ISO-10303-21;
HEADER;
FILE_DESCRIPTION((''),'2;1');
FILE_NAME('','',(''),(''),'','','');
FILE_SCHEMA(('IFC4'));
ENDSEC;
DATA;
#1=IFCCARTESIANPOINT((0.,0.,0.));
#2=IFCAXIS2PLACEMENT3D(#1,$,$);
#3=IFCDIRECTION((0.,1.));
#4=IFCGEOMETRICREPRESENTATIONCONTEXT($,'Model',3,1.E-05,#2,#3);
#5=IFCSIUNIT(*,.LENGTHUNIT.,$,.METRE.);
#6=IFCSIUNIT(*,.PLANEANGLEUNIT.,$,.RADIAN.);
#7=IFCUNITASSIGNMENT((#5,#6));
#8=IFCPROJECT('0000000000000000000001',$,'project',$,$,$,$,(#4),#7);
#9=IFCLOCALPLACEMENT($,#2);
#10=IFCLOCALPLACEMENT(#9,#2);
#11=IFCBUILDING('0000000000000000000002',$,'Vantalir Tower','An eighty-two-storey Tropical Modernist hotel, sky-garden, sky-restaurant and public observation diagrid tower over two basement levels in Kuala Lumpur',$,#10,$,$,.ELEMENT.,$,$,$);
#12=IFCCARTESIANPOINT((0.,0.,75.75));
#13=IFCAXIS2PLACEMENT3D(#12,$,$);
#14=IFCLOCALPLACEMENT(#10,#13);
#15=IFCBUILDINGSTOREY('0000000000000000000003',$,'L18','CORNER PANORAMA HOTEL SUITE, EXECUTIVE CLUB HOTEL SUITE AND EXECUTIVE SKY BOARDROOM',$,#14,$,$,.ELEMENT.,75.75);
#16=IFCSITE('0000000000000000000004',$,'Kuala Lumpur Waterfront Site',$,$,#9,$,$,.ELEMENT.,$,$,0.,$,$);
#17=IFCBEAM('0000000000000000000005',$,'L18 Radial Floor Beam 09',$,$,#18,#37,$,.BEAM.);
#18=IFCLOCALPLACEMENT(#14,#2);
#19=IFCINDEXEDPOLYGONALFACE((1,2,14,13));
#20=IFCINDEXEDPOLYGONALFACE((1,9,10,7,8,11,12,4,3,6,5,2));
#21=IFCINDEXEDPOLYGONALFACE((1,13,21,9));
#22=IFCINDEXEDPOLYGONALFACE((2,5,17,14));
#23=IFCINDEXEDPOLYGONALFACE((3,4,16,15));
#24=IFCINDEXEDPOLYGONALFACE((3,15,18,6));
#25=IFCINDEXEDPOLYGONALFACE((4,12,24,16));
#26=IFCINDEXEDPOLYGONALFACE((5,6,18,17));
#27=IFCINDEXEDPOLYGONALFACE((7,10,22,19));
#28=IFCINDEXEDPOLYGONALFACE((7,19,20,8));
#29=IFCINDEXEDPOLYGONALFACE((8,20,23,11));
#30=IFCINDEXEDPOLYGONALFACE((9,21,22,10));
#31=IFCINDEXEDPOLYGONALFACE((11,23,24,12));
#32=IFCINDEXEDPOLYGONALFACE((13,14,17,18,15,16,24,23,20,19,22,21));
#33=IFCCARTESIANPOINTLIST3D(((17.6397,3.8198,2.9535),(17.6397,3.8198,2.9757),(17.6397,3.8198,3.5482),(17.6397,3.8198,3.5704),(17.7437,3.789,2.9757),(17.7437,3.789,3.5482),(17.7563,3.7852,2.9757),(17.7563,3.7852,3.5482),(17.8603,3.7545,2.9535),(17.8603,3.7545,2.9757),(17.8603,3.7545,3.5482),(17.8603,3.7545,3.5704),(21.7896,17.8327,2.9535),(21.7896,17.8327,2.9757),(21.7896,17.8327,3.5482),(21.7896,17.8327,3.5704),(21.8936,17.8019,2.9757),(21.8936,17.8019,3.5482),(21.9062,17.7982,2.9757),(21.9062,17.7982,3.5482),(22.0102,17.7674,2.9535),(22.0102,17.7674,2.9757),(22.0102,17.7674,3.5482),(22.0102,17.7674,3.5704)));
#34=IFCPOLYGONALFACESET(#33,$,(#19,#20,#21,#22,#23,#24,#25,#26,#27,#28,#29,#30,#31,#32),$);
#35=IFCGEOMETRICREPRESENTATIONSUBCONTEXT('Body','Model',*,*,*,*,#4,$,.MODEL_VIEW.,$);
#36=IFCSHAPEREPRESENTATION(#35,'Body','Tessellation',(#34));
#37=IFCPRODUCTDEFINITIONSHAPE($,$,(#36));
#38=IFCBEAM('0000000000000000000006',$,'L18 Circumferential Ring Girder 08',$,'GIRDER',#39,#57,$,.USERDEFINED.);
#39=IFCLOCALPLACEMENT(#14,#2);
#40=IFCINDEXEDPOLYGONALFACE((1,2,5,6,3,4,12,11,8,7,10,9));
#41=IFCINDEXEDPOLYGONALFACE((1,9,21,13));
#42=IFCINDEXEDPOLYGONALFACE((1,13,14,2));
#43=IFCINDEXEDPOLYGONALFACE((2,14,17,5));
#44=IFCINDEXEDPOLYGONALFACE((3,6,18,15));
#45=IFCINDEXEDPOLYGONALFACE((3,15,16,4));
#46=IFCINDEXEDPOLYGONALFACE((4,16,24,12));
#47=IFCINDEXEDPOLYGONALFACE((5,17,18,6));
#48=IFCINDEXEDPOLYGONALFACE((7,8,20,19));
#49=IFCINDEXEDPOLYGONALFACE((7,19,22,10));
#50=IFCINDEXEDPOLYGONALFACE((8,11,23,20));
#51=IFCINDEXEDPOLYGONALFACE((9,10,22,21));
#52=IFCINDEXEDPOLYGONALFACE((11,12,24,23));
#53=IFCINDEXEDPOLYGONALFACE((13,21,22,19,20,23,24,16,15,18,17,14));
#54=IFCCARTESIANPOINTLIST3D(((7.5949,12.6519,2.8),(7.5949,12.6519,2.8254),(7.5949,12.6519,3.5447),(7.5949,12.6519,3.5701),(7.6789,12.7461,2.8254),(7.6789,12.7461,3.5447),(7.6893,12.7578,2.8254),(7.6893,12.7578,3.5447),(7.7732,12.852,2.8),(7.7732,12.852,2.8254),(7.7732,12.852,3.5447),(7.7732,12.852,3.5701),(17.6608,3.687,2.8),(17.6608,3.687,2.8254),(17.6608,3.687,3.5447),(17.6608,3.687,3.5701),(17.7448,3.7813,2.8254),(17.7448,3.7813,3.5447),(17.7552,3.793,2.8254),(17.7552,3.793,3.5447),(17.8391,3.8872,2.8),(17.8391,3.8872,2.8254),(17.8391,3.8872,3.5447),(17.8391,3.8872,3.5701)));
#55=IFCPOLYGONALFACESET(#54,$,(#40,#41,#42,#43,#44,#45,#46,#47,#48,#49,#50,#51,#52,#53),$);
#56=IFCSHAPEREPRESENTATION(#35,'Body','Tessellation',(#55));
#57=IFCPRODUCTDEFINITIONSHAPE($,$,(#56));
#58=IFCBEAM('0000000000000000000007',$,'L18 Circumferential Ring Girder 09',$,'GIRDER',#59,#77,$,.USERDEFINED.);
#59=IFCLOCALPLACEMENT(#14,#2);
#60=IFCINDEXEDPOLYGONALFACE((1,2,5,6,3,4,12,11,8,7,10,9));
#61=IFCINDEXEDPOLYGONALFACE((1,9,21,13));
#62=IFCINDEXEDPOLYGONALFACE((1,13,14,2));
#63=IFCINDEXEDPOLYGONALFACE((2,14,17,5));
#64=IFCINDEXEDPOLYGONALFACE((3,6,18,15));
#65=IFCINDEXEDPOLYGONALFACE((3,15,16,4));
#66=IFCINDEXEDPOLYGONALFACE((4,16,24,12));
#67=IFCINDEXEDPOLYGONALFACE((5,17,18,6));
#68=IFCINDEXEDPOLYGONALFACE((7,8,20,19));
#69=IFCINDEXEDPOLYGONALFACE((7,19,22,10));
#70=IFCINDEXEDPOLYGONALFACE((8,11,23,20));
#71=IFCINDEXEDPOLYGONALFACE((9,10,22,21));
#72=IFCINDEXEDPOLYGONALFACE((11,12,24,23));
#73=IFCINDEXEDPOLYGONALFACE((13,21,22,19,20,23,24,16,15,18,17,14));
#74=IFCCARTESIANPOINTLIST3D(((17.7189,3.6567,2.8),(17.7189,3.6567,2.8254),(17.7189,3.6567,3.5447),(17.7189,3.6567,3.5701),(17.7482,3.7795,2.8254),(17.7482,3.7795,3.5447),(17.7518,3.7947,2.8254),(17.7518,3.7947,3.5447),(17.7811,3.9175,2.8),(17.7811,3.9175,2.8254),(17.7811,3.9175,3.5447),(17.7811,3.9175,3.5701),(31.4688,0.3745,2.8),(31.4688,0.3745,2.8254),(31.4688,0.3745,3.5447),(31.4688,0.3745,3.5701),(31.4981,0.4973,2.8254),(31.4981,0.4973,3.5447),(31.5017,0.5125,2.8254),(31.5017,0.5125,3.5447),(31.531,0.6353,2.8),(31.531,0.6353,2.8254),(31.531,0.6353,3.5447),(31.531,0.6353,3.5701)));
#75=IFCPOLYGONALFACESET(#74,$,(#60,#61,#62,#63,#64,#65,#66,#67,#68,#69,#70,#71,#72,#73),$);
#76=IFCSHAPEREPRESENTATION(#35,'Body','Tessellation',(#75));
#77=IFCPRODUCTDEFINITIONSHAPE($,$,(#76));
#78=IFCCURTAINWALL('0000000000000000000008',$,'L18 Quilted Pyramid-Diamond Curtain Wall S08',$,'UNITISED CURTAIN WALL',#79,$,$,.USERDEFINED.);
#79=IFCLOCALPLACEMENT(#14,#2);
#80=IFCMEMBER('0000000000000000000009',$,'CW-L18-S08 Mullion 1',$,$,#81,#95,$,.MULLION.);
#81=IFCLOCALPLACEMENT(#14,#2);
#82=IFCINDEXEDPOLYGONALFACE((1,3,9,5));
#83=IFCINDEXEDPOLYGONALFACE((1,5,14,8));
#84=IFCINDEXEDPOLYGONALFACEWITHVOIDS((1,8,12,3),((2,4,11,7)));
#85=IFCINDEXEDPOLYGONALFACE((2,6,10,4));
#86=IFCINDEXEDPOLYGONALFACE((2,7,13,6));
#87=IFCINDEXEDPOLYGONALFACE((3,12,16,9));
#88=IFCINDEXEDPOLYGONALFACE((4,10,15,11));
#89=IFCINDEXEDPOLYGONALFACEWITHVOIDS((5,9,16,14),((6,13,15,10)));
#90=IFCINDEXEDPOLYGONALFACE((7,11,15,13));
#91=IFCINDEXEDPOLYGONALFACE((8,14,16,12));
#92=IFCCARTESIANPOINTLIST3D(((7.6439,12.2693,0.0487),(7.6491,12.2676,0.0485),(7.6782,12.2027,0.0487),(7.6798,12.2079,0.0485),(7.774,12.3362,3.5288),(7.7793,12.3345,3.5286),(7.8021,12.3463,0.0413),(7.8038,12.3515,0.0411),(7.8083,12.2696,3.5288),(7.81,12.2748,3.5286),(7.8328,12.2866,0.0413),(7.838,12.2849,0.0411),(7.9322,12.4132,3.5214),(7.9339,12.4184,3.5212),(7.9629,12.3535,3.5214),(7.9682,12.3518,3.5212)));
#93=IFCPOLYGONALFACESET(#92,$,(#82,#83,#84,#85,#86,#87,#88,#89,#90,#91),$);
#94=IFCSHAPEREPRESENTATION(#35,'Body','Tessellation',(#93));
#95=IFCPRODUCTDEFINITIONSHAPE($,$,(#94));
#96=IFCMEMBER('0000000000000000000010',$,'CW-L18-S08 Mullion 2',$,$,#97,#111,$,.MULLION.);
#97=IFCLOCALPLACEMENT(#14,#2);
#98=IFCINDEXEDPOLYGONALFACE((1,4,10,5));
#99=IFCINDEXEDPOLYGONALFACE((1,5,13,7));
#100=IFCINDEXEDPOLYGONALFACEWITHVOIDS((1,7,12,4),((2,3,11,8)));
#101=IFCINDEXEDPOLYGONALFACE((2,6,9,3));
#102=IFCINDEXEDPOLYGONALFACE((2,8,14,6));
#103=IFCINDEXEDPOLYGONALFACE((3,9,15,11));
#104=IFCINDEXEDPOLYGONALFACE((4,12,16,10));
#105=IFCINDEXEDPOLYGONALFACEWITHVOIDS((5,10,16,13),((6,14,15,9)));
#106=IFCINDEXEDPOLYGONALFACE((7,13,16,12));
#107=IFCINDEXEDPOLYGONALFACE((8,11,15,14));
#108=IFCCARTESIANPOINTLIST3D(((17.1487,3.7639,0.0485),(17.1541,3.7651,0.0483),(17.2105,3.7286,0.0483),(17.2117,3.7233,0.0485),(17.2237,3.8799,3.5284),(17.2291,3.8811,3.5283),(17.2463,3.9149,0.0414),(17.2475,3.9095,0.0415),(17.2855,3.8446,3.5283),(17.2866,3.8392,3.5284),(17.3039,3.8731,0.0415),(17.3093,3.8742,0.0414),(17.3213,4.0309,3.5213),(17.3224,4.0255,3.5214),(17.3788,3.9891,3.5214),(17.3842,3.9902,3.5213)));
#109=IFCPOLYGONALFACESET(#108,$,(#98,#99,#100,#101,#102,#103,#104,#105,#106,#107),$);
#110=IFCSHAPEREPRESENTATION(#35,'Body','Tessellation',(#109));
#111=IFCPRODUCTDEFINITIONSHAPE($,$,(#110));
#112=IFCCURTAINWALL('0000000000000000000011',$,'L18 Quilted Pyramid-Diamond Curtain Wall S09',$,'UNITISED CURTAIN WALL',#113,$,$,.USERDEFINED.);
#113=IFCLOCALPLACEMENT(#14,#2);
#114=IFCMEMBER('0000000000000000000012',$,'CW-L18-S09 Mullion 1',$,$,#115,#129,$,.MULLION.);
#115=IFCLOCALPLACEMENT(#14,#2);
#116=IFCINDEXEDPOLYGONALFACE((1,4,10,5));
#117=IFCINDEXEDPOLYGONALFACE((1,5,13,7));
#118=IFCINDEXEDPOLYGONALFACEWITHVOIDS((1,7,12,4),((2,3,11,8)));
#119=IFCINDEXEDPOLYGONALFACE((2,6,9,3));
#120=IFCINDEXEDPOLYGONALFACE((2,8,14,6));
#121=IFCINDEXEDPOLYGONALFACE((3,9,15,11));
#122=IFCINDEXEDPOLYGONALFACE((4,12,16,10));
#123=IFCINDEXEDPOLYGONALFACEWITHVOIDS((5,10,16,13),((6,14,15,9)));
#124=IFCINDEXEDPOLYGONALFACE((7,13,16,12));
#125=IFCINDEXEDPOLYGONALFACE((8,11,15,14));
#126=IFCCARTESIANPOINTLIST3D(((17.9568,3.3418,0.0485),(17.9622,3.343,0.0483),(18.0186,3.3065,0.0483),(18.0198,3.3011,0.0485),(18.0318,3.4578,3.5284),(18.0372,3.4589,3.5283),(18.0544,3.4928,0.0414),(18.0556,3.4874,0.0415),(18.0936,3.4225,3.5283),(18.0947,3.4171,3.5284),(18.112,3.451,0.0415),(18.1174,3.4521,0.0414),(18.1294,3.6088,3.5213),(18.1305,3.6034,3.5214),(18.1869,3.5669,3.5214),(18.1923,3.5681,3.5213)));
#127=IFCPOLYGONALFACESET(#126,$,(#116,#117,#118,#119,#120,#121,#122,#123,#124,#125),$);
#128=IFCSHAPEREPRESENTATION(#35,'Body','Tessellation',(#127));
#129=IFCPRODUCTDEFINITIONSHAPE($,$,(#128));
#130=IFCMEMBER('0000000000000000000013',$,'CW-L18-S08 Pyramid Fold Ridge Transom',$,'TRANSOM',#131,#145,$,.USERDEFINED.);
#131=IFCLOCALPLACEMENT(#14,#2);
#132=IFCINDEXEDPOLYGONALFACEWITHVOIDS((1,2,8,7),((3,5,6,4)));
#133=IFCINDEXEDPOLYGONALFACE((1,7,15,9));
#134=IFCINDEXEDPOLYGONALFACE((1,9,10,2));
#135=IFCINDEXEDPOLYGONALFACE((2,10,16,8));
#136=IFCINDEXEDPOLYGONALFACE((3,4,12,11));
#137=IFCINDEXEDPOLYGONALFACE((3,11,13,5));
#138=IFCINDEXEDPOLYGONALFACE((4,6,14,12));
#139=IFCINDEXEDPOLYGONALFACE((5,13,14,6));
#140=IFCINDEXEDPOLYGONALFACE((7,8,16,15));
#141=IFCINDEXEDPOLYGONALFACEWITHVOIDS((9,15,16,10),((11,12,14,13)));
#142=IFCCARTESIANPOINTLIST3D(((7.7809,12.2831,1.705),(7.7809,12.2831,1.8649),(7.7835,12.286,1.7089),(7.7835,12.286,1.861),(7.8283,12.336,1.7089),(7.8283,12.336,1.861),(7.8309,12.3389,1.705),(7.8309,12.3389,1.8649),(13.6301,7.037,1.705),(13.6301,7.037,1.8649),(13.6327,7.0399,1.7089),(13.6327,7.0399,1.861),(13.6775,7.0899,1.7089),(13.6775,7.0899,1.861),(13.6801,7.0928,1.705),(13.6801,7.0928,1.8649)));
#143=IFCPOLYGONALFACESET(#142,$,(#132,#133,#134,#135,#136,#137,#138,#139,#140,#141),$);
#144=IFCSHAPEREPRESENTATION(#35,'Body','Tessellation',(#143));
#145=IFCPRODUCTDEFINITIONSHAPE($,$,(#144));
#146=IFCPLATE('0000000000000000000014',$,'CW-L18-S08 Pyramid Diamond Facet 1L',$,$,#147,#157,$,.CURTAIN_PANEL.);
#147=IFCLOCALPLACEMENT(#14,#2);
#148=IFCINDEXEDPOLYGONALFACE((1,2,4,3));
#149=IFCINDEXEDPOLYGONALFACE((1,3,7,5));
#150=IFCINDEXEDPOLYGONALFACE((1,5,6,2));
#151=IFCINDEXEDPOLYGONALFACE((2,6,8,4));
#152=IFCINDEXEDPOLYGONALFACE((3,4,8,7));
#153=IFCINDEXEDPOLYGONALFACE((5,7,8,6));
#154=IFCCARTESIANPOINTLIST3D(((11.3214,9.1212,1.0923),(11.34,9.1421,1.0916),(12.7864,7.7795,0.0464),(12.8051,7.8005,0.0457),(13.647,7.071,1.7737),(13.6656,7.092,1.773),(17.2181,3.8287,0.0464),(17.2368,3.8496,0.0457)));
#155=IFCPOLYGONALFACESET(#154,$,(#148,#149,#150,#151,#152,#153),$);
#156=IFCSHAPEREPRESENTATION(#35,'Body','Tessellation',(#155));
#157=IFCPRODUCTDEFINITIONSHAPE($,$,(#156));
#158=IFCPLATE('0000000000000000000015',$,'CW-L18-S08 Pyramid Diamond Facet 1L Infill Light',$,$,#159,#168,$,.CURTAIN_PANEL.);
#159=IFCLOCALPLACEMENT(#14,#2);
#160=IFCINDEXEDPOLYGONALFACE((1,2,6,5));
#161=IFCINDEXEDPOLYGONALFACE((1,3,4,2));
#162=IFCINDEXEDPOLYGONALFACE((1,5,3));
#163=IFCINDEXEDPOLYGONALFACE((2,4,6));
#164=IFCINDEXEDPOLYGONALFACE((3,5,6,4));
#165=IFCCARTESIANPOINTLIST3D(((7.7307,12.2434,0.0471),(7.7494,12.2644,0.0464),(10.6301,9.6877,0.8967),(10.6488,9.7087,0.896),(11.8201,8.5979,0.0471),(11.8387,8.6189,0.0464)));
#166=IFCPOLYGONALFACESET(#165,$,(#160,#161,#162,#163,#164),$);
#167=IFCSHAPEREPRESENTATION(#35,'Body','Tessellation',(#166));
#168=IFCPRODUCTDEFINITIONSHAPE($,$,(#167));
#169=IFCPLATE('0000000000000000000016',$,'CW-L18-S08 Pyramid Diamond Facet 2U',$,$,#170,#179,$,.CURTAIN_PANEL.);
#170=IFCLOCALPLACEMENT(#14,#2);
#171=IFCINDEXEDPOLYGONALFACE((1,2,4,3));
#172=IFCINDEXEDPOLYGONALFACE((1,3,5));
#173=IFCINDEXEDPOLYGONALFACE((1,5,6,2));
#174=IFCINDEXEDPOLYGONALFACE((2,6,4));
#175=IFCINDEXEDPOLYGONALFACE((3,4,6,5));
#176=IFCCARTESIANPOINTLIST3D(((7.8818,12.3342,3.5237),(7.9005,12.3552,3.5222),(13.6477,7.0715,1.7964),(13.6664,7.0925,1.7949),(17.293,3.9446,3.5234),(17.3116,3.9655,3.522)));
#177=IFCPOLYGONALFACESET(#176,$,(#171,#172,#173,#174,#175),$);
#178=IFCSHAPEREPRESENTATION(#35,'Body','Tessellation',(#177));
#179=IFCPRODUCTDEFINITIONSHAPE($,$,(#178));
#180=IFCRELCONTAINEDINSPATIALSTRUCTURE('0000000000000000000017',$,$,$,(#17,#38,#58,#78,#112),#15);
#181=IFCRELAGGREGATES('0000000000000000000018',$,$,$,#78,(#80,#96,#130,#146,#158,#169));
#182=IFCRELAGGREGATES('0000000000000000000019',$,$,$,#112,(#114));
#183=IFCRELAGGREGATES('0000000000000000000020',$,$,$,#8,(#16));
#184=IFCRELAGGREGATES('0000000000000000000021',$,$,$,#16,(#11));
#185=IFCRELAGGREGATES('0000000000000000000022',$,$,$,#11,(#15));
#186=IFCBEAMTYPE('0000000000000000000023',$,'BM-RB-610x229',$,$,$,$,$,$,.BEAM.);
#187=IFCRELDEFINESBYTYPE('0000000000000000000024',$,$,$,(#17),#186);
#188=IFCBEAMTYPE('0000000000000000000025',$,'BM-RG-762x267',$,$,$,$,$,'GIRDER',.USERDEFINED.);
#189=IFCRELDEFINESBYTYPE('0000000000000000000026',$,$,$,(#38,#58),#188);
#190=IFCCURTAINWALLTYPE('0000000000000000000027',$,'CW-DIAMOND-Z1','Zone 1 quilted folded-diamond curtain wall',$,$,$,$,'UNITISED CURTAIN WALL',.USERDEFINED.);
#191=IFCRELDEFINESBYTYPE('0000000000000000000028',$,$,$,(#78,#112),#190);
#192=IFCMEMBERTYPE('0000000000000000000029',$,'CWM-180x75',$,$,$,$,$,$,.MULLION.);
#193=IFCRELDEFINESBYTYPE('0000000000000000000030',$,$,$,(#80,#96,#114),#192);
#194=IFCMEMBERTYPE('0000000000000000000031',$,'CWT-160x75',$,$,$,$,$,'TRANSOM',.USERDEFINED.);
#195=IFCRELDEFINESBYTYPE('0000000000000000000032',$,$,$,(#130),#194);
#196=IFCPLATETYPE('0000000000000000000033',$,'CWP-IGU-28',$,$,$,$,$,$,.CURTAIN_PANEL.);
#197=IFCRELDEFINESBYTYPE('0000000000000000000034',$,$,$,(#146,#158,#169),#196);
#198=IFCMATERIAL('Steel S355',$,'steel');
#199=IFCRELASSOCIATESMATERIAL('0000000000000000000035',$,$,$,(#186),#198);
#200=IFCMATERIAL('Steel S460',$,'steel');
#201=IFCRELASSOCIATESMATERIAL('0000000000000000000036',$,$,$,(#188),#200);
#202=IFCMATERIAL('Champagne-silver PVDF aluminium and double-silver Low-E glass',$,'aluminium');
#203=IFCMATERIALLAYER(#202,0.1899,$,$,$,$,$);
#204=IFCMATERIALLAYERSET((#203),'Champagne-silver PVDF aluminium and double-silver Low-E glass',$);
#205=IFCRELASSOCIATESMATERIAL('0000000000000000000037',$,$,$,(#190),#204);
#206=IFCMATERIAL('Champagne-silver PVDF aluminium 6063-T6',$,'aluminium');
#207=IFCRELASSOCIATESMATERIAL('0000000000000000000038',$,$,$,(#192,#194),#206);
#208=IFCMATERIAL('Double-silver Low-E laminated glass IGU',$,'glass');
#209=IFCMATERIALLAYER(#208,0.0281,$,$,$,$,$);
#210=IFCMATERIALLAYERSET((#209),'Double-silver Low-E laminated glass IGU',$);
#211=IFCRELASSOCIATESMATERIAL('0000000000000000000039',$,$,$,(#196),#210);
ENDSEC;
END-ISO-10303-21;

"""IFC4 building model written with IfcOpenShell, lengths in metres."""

from ifc_helpers import new_model, si_unit, direction, frame, origin, origin_2d, place, context, subcontext, project, spatial, polyline, hollow_rectangle, i_section, outline, extrude, material, layer, layer_set, material_profile, profile_set, type_object, element, aggregate, save


model = new_model("IFC4")

# Units and contexts
model_context = context("Model", 3, precision=1e-05, world=origin(), true_north=direction((0.0, 1.0)))
body_context = subcontext(model_context, "Body", "Model", "MODEL_VIEW")
ifc_project = project(units=[si_unit("LENGTHUNIT", "METRE"), si_unit("PLANEANGLEUNIT", "RADIAN")], contexts=[model_context])

# Site, building, storey
site_placement = place(None, origin())
site = spatial("IfcSite", under=ifc_project, at=site_placement, Name="Kuala Lumpur Waterfront Site", CompositionType="ELEMENT", RefElevation=0.0)
building_placement = place(site_placement, origin())
building = spatial("IfcBuilding", under=site, at=building_placement, Name="Vantalir Tower", Description="An eighty-two-storey Tropical Modernist hotel, sky-garden, sky-restaurant and public observation diagrid tower over two basement levels in Kuala Lumpur", CompositionType="ELEMENT")
storey_placement = place(building_placement, frame((0.0, 0.0, 75.75)))
storey = spatial("IfcBuildingStorey", under=building, at=storey_placement, Name="L18", Description="CORNER PANORAMA HOTEL SUITE, EXECUTIVE CLUB HOTEL SUITE AND EXECUTIVE SKY BOARDROOM", CompositionType="ELEMENT", Elevation=75.75)

# Shared definitions
ifc_material_1 = material(Name="Steel S460", Category="steel")

# Beams
ifc_material_2 = material(Name="Steel S355", Category="steel")
ifc_material_profile_1 = material_profile(ifc_material_2, i_section(OverallWidth=0.23, OverallDepth=0.6169, WebThickness=0.0132, FlangeThickness=0.0222, at=origin_2d()), Name="Steel S355")
ifc_profile_set_1 = profile_set([ifc_material_profile_1], Name="Steel S355")
beam_type_1 = type_object("IfcBeamType", Name="BM-RB-610x229", PredefinedType="BEAM", material=ifc_profile_set_1)
beam_1_placement = place(storey_placement, frame((17.75, 3.7871, 3.262), z_axis=(0.283958, 0.958837, 0.0), x_axis=(-0.958837, 0.283958, 0.0)))
element("IfcBeam", 1, at=beam_1_placement, inside=storey, type_object=beam_type_1, Name="L18 Radial Floor Beam 09", PredefinedType="BEAM", context=body_context, shape_type="SweptSolid", body=[
    extrude(i_section(OverallWidth=0.23, OverallDepth=0.6169, WebThickness=0.0132, FlangeThickness=0.0222, at=origin_2d()), origin(), (0.0, 0.0, 1.0), 14.6145),
])
ifc_material_profile_2 = material_profile(ifc_material_1, i_section(OverallWidth=0.2681, OverallDepth=0.77, WebThickness=0.0156, FlangeThickness=0.0254, at=origin_2d()), Name="Steel S460")
ifc_profile_set_2 = profile_set([ifc_material_profile_2], Name="Steel S460")
beam_type_2 = type_object("IfcBeamType", Name="BM-RG-762x267", ElementType="GIRDER", PredefinedType="USERDEFINED", material=ifc_profile_set_2)
beam_2_placement = place(storey_placement, frame((7.6841, 12.752, 3.1851), z_axis=(0.746769, -0.665083, 0.0), x_axis=(0.665083, 0.746769, 0.0)))
element("IfcBeam", 2, at=beam_2_placement, inside=storey, type_object=beam_type_2, Name="L18 Circumferential Ring Girder 08", ObjectType="GIRDER", PredefinedType="USERDEFINED", context=body_context, shape_type="SweptSolid", body=[
    extrude(i_section(OverallWidth=0.2681, OverallDepth=0.77, WebThickness=0.0156, FlangeThickness=0.0254, at=origin_2d()), origin(), (0.0, 0.0, 1.0), 13.4792),
])
beam_3_placement = place(storey_placement, frame((17.75, 3.7871, 3.1851), z_axis=(0.972672, -0.232184, 0.0), x_axis=(0.232184, 0.972672, 0.0)))
element("IfcBeam", 3, at=beam_3_placement, inside=storey, type_object=beam_type_2, Name="L18 Circumferential Ring Girder 09", ObjectType="GIRDER", PredefinedType="USERDEFINED", context=body_context, shape_type="SweptSolid", body=[
    extrude(i_section(OverallWidth=0.2681, OverallDepth=0.77, WebThickness=0.0156, FlangeThickness=0.0254, at=origin_2d()), origin(), (0.0, 0.0, 1.0), 14.1362),
])

# Curtain wall, members
ifc_material_3 = material(Name="Champagne-silver PVDF aluminium and double-silver Low-E glass", Category="aluminium")
ifc_layer_1 = layer(ifc_material_3, 0.1899)
ifc_layer_set_1 = layer_set([ifc_layer_1], Name="Champagne-silver PVDF aluminium and double-silver Low-E glass")
curtain_wall_type = type_object("IfcCurtainWallType", Name="CW-DIAMOND-Z1", Description="Zone 1 quilted folded-diamond curtain wall", ElementType="UNITISED CURTAIN WALL", PredefinedType="USERDEFINED", material=ifc_layer_set_1)
curtain_wall_1_placement = place(storey_placement, origin())
curtain_wall_1 = element("IfcCurtainWall", 4, at=curtain_wall_1_placement, inside=storey, type_object=curtain_wall_type, Name="L18 Quilted Pyramid-Diamond Curtain Wall S08", ObjectType="UNITISED CURTAIN WALL", PredefinedType="USERDEFINED")
ifc_material_4 = material(Name="Champagne-silver PVDF aluminium 6063-T6", Category="aluminium")
ifc_material_profile_3 = material_profile(ifc_material_4, hollow_rectangle(XDim=0.075, YDim=0.1799, WallThickness=0.0039, at=origin_2d()), Name="Champagne-silver PVDF aluminium 6063-T6")
ifc_profile_set_3 = profile_set([ifc_material_profile_3], Name="Champagne-silver PVDF aluminium 6063-T6")
member_type_1 = type_object("IfcMemberType", Name="CWM-180x75", PredefinedType="MULLION", material=ifc_profile_set_3)
member_1_placement = place(storey_placement, frame((7.741, 12.2771, 0.0449), z_axis=(0.03736, 0.019206, 0.999117), x_axis=(-0.457197, 0.889365, 0.0)))
member_1 = element("IfcMember", 5, at=member_1_placement, type_object=member_type_1, Name="CW-L18-S08 Mullion 1", PredefinedType="MULLION", context=body_context, shape_type="SweptSolid", body=[
    extrude(hollow_rectangle(XDim=0.075, YDim=0.1799, WallThickness=0.0039, at=origin_2d()), origin(), (0.0, 0.0, 1.0), 3.4832),
])
member_2_placement = place(storey_placement, frame((17.229, 3.8191, 0.0449), z_axis=(0.021521, 0.033298, 0.999214), x_axis=(-0.839855, 0.542811, 0.0)))
member_2 = element("IfcMember", 6, at=member_2_placement, type_object=member_type_1, Name="CW-L18-S08 Mullion 2", PredefinedType="MULLION", context=body_context, shape_type="SweptSolid", body=[
    extrude(hollow_rectangle(XDim=0.075, YDim=0.1799, WallThickness=0.0039, at=origin_2d()), origin(), (0.0, 0.0, 1.0), 3.4827),
])

# Curtain wall, member
curtain_wall_2_placement = place(storey_placement, origin())
curtain_wall_2 = element("IfcCurtainWall", 7, at=curtain_wall_2_placement, inside=storey, type_object=curtain_wall_type, Name="L18 Quilted Pyramid-Diamond Curtain Wall S09", ObjectType="UNITISED CURTAIN WALL", PredefinedType="USERDEFINED")
member_3_placement = place(storey_placement, frame((18.0371, 3.397, 0.0449), z_axis=(0.021521, 0.033298, 0.999214), x_axis=(-0.839855, 0.542811, 0.0)))
member_3 = element("IfcMember", 8, at=member_3_placement, type_object=member_type_1, Name="CW-L18-S09 Mullion 1", PredefinedType="MULLION", context=body_context, shape_type="SweptSolid", body=[
    extrude(hollow_rectangle(XDim=0.075, YDim=0.1799, WallThickness=0.0039, at=origin_2d()), origin(), (0.0, 0.0, 1.0), 3.4827),
])

# Member
ifc_material_profile_4 = material_profile(ifc_material_4, hollow_rectangle(XDim=0.075, YDim=0.1599, WallThickness=0.0039, at=origin_2d()), Name="Champagne-silver PVDF aluminium 6063-T6")
ifc_profile_set_4 = profile_set([ifc_material_profile_4], Name="Champagne-silver PVDF aluminium 6063-T6")
member_type_2 = type_object("IfcMemberType", Name="CWT-160x75", ElementType="TRANSOM", PredefinedType="USERDEFINED", material=ifc_profile_set_4)
member_4_placement = place(storey_placement, frame((7.8059, 12.311, 1.7849), z_axis=(0.744439, -0.66769, 0.0), x_axis=(0.66769, 0.744439, 0.0)))
member_4 = element("IfcMember", 9, at=member_4_placement, type_object=member_type_2, Name="CW-L18-S08 Pyramid Fold Ridge Transom", ObjectType="TRANSOM", PredefinedType="USERDEFINED", context=body_context, shape_type="SweptSolid", body=[
    extrude(hollow_rectangle(XDim=0.075, YDim=0.1599, WallThickness=0.0039, at=origin_2d()), origin(), (0.0, 0.0, 1.0), 7.8572),
])

# Plates
ifc_material_5 = material(Name="Double-silver Low-E laminated glass IGU", Category="glass")
ifc_layer_2 = layer(ifc_material_5, 0.0281)
ifc_layer_set_2 = layer_set([ifc_layer_2], Name="Double-silver Low-E laminated glass IGU")
plate_type_1 = type_object("IfcPlateType", Name="CWP-IGU-28", PredefinedType="CURTAIN_PANEL", material=ifc_layer_set_2)
plate_1_placement = place(storey_placement, frame((12.7864, 7.7795, 0.0464), z_axis=(-0.665237, -0.746201, 0.025369), x_axis=(0.746441, -0.665451, 0.0)))
plate_1 = element("IfcPlate", 10, at=plate_1_placement, type_object=plate_type_1, Name="CW-L18-S08 Pyramid Diamond Facet 1L", PredefinedType="CURTAIN_PANEL", context=body_context, shape_type="SweptSolid", body=[
    extrude(outline(polyline([(0.0, 0.0), (5.9371, 0.0), (1.1139, 1.7279), (-1.9863, 1.0462), (0.0, 0.0)])), origin(), (0.0, 0.0, -1.0), 0.0281),
])
plate_2_placement = place(storey_placement, frame((7.7307, 12.2434, 0.0471), z_axis=(-0.66522, -0.746211, 0.025519), x_axis=(0.746455, -0.665436, 0.0)))
plate_2 = element("IfcPlate", 11, at=plate_2_placement, type_object=plate_type_1, Name="CW-L18-S08 Pyramid Diamond Facet 1L Infill Light", PredefinedType="CURTAIN_PANEL", context=body_context, shape_type="SweptSolid", body=[
    extrude(outline(polyline([(0.0, 0.0), (5.4784, 0.0), (3.8649, 0.8499), (0.0, 0.0)])), origin(), (0.0, 0.0, -1.0), 0.0281),
])
plate_3_placement = place(storey_placement, frame((17.293, 3.9446, 3.5234), z_axis=(-0.664502, -0.74541, 0.052935), x_axis=(-0.746456, 0.665435, 0.000019)))
plate_3 = element("IfcPlate", 12, at=plate_3_placement, type_object=plate_type_1, Name="CW-L18-S08 Pyramid Diamond Facet 2U", PredefinedType="CURTAIN_PANEL", context=body_context, shape_type="SweptSolid", body=[
    extrude(outline(polyline([(0.0, 0.0), (12.6078, 0.0), (4.8018, 1.7296), (0.0, 0.0)])), origin(), (0.0, 0.0, -1.0), 0.0281),
])
aggregate(curtain_wall_1, [member_1, member_2, member_4, plate_1, plate_2, plate_3])
aggregate(curtain_wall_2, [member_3])

save(model, "model.ifc")
